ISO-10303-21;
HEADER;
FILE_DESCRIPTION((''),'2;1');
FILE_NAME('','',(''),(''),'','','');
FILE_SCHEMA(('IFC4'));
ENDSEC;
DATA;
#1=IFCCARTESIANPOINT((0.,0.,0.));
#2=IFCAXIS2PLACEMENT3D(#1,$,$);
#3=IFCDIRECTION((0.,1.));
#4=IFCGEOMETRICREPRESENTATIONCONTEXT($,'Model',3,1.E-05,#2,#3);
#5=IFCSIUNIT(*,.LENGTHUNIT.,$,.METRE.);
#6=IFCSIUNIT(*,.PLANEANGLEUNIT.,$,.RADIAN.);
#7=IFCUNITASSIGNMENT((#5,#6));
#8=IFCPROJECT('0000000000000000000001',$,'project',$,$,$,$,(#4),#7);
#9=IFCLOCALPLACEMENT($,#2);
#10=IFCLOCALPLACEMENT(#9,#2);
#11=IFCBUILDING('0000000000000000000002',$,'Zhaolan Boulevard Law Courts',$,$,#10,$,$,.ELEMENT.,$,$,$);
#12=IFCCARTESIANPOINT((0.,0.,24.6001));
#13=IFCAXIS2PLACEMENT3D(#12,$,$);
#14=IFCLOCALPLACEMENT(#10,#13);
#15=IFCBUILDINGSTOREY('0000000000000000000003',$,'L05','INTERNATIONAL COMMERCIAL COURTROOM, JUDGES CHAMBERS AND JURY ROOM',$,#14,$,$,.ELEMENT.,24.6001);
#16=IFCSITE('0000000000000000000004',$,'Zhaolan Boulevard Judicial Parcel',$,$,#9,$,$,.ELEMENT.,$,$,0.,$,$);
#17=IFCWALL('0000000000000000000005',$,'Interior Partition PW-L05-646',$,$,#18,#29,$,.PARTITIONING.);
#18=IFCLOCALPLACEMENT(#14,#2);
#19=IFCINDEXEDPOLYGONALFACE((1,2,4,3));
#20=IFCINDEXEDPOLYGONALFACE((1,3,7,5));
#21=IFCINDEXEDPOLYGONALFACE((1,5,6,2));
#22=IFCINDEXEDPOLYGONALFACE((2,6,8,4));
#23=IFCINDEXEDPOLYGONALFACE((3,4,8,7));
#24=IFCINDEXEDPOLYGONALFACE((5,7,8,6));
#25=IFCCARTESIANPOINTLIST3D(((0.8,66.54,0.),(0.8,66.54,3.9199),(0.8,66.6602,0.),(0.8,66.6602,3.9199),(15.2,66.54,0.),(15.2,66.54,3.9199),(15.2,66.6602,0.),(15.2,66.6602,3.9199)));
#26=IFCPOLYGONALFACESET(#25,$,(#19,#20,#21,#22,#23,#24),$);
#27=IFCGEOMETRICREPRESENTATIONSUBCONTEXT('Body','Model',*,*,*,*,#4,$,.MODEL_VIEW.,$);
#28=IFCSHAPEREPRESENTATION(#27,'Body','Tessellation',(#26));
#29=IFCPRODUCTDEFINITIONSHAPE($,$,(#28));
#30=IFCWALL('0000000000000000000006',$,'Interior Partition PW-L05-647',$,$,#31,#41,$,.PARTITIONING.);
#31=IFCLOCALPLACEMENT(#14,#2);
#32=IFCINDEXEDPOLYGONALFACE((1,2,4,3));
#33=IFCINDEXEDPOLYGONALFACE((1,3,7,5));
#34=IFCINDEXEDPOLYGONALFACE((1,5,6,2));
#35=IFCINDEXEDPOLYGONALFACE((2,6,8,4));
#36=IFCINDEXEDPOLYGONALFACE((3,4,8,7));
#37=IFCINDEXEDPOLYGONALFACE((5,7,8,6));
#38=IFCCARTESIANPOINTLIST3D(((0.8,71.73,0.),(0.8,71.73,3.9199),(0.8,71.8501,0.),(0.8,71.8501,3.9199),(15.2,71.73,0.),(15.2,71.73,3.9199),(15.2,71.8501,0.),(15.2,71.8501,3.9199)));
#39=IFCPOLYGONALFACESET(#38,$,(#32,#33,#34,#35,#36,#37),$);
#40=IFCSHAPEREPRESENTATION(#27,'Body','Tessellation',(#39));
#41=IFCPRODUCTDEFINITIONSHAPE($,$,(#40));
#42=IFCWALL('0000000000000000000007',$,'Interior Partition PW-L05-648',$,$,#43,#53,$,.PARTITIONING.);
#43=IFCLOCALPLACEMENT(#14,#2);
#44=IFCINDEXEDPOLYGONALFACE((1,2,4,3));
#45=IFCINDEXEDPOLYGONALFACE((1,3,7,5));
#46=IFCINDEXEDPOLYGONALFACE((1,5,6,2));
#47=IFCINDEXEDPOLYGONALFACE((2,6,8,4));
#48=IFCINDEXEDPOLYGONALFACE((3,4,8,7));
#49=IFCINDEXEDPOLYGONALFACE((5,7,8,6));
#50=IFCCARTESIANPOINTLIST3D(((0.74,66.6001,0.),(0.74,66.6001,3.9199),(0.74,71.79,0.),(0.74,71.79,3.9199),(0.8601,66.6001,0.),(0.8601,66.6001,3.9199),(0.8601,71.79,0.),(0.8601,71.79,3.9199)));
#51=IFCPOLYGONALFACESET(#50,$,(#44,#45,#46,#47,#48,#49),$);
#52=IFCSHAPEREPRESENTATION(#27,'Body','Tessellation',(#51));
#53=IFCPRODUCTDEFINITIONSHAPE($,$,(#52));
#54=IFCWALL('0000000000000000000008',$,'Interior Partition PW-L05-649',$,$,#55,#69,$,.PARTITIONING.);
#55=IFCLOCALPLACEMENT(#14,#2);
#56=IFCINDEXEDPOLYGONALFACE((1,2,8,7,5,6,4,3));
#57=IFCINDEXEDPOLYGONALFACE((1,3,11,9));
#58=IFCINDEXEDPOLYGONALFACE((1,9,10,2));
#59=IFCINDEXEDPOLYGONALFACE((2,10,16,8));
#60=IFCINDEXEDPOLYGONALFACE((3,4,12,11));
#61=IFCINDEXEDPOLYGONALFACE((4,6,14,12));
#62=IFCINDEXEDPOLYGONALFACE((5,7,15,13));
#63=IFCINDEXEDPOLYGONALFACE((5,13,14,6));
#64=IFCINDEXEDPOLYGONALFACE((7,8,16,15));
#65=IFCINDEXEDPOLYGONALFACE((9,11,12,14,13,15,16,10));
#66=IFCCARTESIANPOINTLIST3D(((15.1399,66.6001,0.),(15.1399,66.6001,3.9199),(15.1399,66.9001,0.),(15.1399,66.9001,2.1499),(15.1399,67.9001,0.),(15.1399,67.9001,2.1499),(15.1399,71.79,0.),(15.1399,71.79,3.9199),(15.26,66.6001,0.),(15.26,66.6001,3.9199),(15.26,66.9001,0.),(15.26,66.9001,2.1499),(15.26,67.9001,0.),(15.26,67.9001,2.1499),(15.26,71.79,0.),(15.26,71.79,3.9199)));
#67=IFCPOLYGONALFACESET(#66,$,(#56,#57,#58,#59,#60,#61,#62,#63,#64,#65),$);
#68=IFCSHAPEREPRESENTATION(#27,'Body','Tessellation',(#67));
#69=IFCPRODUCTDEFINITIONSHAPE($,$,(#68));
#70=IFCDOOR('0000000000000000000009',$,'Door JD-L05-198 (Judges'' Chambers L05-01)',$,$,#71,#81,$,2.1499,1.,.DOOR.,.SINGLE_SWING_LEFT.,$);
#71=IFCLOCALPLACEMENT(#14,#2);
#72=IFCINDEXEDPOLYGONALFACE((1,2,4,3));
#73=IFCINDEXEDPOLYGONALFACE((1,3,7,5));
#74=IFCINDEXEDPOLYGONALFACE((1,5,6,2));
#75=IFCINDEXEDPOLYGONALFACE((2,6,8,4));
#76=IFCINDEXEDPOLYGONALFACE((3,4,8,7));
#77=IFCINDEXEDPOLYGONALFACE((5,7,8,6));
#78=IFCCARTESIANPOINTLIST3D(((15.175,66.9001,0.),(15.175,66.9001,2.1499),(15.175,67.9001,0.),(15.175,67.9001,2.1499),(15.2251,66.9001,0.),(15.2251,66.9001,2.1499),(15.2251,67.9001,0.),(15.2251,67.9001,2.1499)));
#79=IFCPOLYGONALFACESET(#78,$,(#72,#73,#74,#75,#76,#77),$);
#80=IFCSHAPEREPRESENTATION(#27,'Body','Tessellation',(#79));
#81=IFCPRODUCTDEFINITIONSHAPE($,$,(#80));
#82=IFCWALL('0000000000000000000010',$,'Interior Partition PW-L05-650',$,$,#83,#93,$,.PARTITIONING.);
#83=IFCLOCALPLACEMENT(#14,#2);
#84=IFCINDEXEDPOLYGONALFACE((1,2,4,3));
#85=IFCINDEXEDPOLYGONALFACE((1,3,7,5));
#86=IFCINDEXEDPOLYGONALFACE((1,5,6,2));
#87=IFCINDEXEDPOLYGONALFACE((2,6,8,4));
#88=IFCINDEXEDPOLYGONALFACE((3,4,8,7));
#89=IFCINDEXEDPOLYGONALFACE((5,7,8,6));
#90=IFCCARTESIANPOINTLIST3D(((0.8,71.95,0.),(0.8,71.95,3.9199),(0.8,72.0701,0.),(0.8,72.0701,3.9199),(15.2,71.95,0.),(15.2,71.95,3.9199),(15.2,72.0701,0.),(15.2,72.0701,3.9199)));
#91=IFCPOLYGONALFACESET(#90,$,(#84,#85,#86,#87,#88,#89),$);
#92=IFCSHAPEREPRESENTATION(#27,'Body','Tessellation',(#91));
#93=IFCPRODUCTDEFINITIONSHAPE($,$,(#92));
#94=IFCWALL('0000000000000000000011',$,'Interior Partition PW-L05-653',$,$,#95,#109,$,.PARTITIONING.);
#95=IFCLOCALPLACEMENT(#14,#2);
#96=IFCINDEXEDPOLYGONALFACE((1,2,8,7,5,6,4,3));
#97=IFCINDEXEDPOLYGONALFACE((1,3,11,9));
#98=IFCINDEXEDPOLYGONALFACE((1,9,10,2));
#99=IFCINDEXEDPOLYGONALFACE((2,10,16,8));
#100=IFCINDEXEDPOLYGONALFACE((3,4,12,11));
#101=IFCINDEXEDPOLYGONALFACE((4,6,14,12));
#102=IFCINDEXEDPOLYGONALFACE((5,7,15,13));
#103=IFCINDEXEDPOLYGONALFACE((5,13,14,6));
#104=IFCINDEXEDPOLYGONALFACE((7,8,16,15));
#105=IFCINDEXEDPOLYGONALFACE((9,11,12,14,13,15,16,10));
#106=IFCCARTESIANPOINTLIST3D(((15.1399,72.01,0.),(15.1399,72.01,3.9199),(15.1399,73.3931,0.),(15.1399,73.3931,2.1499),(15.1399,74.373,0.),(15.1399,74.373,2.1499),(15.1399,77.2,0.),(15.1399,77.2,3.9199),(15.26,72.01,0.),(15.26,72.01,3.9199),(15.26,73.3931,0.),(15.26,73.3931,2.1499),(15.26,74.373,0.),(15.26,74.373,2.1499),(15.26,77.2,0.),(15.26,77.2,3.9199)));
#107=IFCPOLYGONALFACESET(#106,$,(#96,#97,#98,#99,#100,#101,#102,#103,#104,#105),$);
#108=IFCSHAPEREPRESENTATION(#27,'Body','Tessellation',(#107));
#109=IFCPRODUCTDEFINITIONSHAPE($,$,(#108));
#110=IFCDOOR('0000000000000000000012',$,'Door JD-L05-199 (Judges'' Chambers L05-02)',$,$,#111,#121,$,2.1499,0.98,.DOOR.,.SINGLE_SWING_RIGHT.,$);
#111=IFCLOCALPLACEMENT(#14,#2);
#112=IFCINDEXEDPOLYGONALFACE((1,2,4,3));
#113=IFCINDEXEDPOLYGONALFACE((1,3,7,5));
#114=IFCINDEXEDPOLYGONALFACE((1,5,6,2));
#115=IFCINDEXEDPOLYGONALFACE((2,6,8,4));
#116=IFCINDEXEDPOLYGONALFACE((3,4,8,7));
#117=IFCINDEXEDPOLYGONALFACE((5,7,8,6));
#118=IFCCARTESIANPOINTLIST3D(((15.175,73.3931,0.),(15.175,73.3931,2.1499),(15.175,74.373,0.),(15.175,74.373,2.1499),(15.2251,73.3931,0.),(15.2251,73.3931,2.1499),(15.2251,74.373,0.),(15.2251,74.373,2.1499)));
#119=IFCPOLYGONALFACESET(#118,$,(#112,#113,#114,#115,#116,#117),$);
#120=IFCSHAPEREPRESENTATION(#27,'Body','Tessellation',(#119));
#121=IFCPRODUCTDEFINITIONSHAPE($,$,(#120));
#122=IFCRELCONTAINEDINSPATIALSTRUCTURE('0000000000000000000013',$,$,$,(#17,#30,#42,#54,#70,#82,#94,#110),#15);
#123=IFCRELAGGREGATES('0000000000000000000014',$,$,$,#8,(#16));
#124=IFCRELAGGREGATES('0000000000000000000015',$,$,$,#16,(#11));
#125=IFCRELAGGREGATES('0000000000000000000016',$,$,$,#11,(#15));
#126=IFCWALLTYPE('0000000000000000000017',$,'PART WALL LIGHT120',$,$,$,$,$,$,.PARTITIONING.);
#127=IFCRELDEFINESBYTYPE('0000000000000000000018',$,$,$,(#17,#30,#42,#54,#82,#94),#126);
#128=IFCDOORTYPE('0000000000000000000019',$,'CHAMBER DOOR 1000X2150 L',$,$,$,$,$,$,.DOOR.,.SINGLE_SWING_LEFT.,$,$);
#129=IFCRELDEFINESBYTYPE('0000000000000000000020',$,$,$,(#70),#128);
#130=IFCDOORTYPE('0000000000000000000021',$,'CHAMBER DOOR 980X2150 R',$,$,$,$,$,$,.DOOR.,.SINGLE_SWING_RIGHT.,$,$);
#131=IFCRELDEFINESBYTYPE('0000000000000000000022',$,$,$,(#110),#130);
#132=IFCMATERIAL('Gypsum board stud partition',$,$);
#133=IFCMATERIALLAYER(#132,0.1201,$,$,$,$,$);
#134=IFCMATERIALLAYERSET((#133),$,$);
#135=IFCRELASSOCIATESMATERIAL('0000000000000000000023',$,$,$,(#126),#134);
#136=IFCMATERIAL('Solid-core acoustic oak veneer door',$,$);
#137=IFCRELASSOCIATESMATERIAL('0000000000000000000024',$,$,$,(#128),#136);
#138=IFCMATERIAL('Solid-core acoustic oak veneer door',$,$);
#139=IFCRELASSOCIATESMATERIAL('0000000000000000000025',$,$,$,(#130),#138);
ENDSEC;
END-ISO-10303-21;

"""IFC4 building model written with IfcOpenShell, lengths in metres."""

from ifc_helpers import new_model, si_unit, direction, frame, frame_2d, origin, place, context, subcontext, project, spatial, rectangle, extrude, material, layer, layer_set, type_object, element, fill, save


model = new_model("IFC4")

# Units and contexts
model_context = context("Model", 3, precision=1e-05, world=origin(), true_north=direction((0.0, 1.0)))
body_context = subcontext(model_context, "Body", "Model", "MODEL_VIEW")
ifc_project = project(units=[si_unit("LENGTHUNIT", "METRE"), si_unit("PLANEANGLEUNIT", "RADIAN")], contexts=[model_context])

# Site, building, storey
site_placement = place(None, origin())
site = spatial("IfcSite", under=ifc_project, at=site_placement, Name="Zhaolan Boulevard Judicial Parcel", CompositionType="ELEMENT", RefElevation=0.0)
building_placement = place(site_placement, origin())
building = spatial("IfcBuilding", under=site, at=building_placement, Name="Zhaolan Boulevard Law Courts", CompositionType="ELEMENT")
storey_placement = place(building_placement, frame((0.0, 0.0, 24.6001)))
storey = spatial("IfcBuildingStorey", under=building, at=storey_placement, Name="L05", Description="INTERNATIONAL COMMERCIAL COURTROOM, JUDGES CHAMBERS AND JURY ROOM", CompositionType="ELEMENT", Elevation=24.6001)

# Walls
ifc_material_1 = material(Name="Gypsum board stud partition")
ifc_layer_1 = layer(ifc_material_1, 0.1201)
ifc_layer_set_1 = layer_set([ifc_layer_1])
wall_type_1 = type_object("IfcWallType", Name="PART WALL LIGHT120", PredefinedType="PARTITIONING", material=ifc_layer_set_1)
for number, where, z_axis, x_axis, name in (
    (1, (0.8, 66.6001, 0.0), (0.0, 0.0, 1.0), (1.0, 0.0, 0.0), "Interior Partition PW-L05-646"),
    (2, (15.2, 71.79, 0.0), (0.0, 0.0, 1.0), (-1.0, 0.0, 0.0), "Interior Partition PW-L05-647"),
):
    element("IfcWall", number, at=place(storey_placement, frame(where, z_axis=z_axis, x_axis=x_axis)), inside=storey, type_object=wall_type_1, Name=name, PredefinedType="PARTITIONING", context=body_context, shape_type="SweptSolid", body=[
        extrude(rectangle(XDim=14.3999, YDim=0.1201, at=frame_2d((7.2, 0.0))), origin(), (0.0, 0.0, 1.0), 3.9199),
    ])
wall_1_placement = place(storey_placement, frame((0.8, 71.79, 0.0), z_axis=(0.0, 0.0, 1.0), x_axis=(0.0, -1.0, 0.0)))
element("IfcWall", 3, at=wall_1_placement, inside=storey, type_object=wall_type_1, Name="Interior Partition PW-L05-648", PredefinedType="PARTITIONING", context=body_context, shape_type="SweptSolid", body=[
    extrude(rectangle(XDim=5.1899, YDim=0.1201, at=frame_2d((2.595, 0.0))), origin(), (0.0, 0.0, 1.0), 3.9199),
])

# Wall, opening, door
wall_2_placement = place(storey_placement, frame((15.2, 66.6001, 0.0), z_axis=(0.0, 0.0, 1.0), x_axis=(0.0, 1.0, 0.0)))
wall_2 = element("IfcWall", 4, at=wall_2_placement, inside=storey, type_object=wall_type_1, Name="Interior Partition PW-L05-649", PredefinedType="PARTITIONING", context=body_context, shape_type="SweptSolid", body=[
    extrude(rectangle(XDim=5.1899, YDim=0.1201, at=frame_2d((2.595, 0.0))), origin(), (0.0, 0.0, 1.0), 3.9199),
])
opening_1_placement = place(wall_2_placement, frame((0.3, 0.0, 0.0)))
opening_1 = element("IfcOpeningElement", 5, at=opening_1_placement, cuts=wall_2, PredefinedType="OPENING", context=body_context, shape_type="SweptSolid", body=[
    extrude(rectangle(XDim=1.0, YDim=2.1499, at=frame_2d((0.5, 1.075))), frame((0.0, 0.0701, 0.0), z_axis=(0.0, -1.0, 0.0), x_axis=(1.0, 0.0, 0.0)), (0.0, 0.0, 1.0), 0.1401),
])
ifc_material_2 = material(Name="Solid-core acoustic oak veneer door")
door_type_1 = type_object("IfcDoorType", Name="CHAMBER DOOR 1000X2150 L", OperationType="SINGLE_SWING_LEFT", PredefinedType="DOOR", material=ifc_material_2)
door_1_placement = place(opening_1_placement, origin())
door_1 = element("IfcDoor", 6, at=door_1_placement, inside=storey, type_object=door_type_1, Name="Door JD-L05-198 (Judges' Chambers L05-01)", OperationType="SINGLE_SWING_LEFT", OverallHeight=2.1499, OverallWidth=1.0, PredefinedType="DOOR", context=body_context, shape_type="SweptSolid", body=[
    extrude(rectangle(XDim=1.0, YDim=2.1499, at=frame_2d((0.5, 1.075))), frame((0.0, 0.0249, 0.0), z_axis=(0.0, -1.0, 0.0), x_axis=(1.0, 0.0, 0.0)), (0.0, 0.0, 1.0), 0.05),
])
fill(opening_1, door_1)

# Wall
wall_3_placement = place(storey_placement, frame((0.8, 72.01, 0.0), z_axis=(0.0, 0.0, 1.0), x_axis=(1.0, 0.0, 0.0)))
element("IfcWall", 7, at=wall_3_placement, inside=storey, type_object=wall_type_1, Name="Interior Partition PW-L05-650", PredefinedType="PARTITIONING", context=body_context, shape_type="SweptSolid", body=[
    extrude(rectangle(XDim=14.3999, YDim=0.1201, at=frame_2d((7.2, 0.0))), origin(), (0.0, 0.0, 1.0), 3.9199),
])

# Wall, opening, door
wall_4_placement = place(storey_placement, frame((15.2, 72.01, 0.0), z_axis=(0.0, 0.0, 1.0), x_axis=(0.0, 1.0, 0.0)))
wall_4 = element("IfcWall", 8, at=wall_4_placement, inside=storey, type_object=wall_type_1, Name="Interior Partition PW-L05-653", PredefinedType="PARTITIONING", context=body_context, shape_type="SweptSolid", body=[
    extrude(rectangle(XDim=5.1899, YDim=0.1201, at=frame_2d((2.595, 0.0))), origin(), (0.0, 0.0, 1.0), 3.9199),
])
opening_2_placement = place(wall_4_placement, frame((1.3831, 0.0, 0.0)))
opening_2 = element("IfcOpeningElement", 9, at=opening_2_placement, cuts=wall_4, PredefinedType="OPENING", context=body_context, shape_type="SweptSolid", body=[
    extrude(rectangle(XDim=0.98, YDim=2.1499, at=frame_2d((0.49, 1.075))), frame((0.0, 0.0701, 0.0), z_axis=(0.0, -1.0, 0.0), x_axis=(1.0, 0.0, 0.0)), (0.0, 0.0, 1.0), 0.1401),
])
ifc_material_3 = material(Name="Solid-core acoustic oak veneer door")
door_type_2 = type_object("IfcDoorType", Name="CHAMBER DOOR 980X2150 R", OperationType="SINGLE_SWING_RIGHT", PredefinedType="DOOR", material=ifc_material_3)
door_2_placement = place(opening_2_placement, origin())
door_2 = element("IfcDoor", 10, at=door_2_placement, inside=storey, type_object=door_type_2, Name="Door JD-L05-199 (Judges' Chambers L05-02)", OperationType="SINGLE_SWING_RIGHT", OverallHeight=2.1499, OverallWidth=0.98, PredefinedType="DOOR", context=body_context, shape_type="SweptSolid", body=[
    extrude(rectangle(XDim=0.98, YDim=2.1499, at=frame_2d((0.49, 1.075))), frame((0.0, 0.0249, 0.0), z_axis=(0.0, -1.0, 0.0), x_axis=(1.0, 0.0, 0.0)), (0.0, 0.0, 1.0), 0.05),
])
fill(opening_2, door_2)

save(model, "model.ifc")
